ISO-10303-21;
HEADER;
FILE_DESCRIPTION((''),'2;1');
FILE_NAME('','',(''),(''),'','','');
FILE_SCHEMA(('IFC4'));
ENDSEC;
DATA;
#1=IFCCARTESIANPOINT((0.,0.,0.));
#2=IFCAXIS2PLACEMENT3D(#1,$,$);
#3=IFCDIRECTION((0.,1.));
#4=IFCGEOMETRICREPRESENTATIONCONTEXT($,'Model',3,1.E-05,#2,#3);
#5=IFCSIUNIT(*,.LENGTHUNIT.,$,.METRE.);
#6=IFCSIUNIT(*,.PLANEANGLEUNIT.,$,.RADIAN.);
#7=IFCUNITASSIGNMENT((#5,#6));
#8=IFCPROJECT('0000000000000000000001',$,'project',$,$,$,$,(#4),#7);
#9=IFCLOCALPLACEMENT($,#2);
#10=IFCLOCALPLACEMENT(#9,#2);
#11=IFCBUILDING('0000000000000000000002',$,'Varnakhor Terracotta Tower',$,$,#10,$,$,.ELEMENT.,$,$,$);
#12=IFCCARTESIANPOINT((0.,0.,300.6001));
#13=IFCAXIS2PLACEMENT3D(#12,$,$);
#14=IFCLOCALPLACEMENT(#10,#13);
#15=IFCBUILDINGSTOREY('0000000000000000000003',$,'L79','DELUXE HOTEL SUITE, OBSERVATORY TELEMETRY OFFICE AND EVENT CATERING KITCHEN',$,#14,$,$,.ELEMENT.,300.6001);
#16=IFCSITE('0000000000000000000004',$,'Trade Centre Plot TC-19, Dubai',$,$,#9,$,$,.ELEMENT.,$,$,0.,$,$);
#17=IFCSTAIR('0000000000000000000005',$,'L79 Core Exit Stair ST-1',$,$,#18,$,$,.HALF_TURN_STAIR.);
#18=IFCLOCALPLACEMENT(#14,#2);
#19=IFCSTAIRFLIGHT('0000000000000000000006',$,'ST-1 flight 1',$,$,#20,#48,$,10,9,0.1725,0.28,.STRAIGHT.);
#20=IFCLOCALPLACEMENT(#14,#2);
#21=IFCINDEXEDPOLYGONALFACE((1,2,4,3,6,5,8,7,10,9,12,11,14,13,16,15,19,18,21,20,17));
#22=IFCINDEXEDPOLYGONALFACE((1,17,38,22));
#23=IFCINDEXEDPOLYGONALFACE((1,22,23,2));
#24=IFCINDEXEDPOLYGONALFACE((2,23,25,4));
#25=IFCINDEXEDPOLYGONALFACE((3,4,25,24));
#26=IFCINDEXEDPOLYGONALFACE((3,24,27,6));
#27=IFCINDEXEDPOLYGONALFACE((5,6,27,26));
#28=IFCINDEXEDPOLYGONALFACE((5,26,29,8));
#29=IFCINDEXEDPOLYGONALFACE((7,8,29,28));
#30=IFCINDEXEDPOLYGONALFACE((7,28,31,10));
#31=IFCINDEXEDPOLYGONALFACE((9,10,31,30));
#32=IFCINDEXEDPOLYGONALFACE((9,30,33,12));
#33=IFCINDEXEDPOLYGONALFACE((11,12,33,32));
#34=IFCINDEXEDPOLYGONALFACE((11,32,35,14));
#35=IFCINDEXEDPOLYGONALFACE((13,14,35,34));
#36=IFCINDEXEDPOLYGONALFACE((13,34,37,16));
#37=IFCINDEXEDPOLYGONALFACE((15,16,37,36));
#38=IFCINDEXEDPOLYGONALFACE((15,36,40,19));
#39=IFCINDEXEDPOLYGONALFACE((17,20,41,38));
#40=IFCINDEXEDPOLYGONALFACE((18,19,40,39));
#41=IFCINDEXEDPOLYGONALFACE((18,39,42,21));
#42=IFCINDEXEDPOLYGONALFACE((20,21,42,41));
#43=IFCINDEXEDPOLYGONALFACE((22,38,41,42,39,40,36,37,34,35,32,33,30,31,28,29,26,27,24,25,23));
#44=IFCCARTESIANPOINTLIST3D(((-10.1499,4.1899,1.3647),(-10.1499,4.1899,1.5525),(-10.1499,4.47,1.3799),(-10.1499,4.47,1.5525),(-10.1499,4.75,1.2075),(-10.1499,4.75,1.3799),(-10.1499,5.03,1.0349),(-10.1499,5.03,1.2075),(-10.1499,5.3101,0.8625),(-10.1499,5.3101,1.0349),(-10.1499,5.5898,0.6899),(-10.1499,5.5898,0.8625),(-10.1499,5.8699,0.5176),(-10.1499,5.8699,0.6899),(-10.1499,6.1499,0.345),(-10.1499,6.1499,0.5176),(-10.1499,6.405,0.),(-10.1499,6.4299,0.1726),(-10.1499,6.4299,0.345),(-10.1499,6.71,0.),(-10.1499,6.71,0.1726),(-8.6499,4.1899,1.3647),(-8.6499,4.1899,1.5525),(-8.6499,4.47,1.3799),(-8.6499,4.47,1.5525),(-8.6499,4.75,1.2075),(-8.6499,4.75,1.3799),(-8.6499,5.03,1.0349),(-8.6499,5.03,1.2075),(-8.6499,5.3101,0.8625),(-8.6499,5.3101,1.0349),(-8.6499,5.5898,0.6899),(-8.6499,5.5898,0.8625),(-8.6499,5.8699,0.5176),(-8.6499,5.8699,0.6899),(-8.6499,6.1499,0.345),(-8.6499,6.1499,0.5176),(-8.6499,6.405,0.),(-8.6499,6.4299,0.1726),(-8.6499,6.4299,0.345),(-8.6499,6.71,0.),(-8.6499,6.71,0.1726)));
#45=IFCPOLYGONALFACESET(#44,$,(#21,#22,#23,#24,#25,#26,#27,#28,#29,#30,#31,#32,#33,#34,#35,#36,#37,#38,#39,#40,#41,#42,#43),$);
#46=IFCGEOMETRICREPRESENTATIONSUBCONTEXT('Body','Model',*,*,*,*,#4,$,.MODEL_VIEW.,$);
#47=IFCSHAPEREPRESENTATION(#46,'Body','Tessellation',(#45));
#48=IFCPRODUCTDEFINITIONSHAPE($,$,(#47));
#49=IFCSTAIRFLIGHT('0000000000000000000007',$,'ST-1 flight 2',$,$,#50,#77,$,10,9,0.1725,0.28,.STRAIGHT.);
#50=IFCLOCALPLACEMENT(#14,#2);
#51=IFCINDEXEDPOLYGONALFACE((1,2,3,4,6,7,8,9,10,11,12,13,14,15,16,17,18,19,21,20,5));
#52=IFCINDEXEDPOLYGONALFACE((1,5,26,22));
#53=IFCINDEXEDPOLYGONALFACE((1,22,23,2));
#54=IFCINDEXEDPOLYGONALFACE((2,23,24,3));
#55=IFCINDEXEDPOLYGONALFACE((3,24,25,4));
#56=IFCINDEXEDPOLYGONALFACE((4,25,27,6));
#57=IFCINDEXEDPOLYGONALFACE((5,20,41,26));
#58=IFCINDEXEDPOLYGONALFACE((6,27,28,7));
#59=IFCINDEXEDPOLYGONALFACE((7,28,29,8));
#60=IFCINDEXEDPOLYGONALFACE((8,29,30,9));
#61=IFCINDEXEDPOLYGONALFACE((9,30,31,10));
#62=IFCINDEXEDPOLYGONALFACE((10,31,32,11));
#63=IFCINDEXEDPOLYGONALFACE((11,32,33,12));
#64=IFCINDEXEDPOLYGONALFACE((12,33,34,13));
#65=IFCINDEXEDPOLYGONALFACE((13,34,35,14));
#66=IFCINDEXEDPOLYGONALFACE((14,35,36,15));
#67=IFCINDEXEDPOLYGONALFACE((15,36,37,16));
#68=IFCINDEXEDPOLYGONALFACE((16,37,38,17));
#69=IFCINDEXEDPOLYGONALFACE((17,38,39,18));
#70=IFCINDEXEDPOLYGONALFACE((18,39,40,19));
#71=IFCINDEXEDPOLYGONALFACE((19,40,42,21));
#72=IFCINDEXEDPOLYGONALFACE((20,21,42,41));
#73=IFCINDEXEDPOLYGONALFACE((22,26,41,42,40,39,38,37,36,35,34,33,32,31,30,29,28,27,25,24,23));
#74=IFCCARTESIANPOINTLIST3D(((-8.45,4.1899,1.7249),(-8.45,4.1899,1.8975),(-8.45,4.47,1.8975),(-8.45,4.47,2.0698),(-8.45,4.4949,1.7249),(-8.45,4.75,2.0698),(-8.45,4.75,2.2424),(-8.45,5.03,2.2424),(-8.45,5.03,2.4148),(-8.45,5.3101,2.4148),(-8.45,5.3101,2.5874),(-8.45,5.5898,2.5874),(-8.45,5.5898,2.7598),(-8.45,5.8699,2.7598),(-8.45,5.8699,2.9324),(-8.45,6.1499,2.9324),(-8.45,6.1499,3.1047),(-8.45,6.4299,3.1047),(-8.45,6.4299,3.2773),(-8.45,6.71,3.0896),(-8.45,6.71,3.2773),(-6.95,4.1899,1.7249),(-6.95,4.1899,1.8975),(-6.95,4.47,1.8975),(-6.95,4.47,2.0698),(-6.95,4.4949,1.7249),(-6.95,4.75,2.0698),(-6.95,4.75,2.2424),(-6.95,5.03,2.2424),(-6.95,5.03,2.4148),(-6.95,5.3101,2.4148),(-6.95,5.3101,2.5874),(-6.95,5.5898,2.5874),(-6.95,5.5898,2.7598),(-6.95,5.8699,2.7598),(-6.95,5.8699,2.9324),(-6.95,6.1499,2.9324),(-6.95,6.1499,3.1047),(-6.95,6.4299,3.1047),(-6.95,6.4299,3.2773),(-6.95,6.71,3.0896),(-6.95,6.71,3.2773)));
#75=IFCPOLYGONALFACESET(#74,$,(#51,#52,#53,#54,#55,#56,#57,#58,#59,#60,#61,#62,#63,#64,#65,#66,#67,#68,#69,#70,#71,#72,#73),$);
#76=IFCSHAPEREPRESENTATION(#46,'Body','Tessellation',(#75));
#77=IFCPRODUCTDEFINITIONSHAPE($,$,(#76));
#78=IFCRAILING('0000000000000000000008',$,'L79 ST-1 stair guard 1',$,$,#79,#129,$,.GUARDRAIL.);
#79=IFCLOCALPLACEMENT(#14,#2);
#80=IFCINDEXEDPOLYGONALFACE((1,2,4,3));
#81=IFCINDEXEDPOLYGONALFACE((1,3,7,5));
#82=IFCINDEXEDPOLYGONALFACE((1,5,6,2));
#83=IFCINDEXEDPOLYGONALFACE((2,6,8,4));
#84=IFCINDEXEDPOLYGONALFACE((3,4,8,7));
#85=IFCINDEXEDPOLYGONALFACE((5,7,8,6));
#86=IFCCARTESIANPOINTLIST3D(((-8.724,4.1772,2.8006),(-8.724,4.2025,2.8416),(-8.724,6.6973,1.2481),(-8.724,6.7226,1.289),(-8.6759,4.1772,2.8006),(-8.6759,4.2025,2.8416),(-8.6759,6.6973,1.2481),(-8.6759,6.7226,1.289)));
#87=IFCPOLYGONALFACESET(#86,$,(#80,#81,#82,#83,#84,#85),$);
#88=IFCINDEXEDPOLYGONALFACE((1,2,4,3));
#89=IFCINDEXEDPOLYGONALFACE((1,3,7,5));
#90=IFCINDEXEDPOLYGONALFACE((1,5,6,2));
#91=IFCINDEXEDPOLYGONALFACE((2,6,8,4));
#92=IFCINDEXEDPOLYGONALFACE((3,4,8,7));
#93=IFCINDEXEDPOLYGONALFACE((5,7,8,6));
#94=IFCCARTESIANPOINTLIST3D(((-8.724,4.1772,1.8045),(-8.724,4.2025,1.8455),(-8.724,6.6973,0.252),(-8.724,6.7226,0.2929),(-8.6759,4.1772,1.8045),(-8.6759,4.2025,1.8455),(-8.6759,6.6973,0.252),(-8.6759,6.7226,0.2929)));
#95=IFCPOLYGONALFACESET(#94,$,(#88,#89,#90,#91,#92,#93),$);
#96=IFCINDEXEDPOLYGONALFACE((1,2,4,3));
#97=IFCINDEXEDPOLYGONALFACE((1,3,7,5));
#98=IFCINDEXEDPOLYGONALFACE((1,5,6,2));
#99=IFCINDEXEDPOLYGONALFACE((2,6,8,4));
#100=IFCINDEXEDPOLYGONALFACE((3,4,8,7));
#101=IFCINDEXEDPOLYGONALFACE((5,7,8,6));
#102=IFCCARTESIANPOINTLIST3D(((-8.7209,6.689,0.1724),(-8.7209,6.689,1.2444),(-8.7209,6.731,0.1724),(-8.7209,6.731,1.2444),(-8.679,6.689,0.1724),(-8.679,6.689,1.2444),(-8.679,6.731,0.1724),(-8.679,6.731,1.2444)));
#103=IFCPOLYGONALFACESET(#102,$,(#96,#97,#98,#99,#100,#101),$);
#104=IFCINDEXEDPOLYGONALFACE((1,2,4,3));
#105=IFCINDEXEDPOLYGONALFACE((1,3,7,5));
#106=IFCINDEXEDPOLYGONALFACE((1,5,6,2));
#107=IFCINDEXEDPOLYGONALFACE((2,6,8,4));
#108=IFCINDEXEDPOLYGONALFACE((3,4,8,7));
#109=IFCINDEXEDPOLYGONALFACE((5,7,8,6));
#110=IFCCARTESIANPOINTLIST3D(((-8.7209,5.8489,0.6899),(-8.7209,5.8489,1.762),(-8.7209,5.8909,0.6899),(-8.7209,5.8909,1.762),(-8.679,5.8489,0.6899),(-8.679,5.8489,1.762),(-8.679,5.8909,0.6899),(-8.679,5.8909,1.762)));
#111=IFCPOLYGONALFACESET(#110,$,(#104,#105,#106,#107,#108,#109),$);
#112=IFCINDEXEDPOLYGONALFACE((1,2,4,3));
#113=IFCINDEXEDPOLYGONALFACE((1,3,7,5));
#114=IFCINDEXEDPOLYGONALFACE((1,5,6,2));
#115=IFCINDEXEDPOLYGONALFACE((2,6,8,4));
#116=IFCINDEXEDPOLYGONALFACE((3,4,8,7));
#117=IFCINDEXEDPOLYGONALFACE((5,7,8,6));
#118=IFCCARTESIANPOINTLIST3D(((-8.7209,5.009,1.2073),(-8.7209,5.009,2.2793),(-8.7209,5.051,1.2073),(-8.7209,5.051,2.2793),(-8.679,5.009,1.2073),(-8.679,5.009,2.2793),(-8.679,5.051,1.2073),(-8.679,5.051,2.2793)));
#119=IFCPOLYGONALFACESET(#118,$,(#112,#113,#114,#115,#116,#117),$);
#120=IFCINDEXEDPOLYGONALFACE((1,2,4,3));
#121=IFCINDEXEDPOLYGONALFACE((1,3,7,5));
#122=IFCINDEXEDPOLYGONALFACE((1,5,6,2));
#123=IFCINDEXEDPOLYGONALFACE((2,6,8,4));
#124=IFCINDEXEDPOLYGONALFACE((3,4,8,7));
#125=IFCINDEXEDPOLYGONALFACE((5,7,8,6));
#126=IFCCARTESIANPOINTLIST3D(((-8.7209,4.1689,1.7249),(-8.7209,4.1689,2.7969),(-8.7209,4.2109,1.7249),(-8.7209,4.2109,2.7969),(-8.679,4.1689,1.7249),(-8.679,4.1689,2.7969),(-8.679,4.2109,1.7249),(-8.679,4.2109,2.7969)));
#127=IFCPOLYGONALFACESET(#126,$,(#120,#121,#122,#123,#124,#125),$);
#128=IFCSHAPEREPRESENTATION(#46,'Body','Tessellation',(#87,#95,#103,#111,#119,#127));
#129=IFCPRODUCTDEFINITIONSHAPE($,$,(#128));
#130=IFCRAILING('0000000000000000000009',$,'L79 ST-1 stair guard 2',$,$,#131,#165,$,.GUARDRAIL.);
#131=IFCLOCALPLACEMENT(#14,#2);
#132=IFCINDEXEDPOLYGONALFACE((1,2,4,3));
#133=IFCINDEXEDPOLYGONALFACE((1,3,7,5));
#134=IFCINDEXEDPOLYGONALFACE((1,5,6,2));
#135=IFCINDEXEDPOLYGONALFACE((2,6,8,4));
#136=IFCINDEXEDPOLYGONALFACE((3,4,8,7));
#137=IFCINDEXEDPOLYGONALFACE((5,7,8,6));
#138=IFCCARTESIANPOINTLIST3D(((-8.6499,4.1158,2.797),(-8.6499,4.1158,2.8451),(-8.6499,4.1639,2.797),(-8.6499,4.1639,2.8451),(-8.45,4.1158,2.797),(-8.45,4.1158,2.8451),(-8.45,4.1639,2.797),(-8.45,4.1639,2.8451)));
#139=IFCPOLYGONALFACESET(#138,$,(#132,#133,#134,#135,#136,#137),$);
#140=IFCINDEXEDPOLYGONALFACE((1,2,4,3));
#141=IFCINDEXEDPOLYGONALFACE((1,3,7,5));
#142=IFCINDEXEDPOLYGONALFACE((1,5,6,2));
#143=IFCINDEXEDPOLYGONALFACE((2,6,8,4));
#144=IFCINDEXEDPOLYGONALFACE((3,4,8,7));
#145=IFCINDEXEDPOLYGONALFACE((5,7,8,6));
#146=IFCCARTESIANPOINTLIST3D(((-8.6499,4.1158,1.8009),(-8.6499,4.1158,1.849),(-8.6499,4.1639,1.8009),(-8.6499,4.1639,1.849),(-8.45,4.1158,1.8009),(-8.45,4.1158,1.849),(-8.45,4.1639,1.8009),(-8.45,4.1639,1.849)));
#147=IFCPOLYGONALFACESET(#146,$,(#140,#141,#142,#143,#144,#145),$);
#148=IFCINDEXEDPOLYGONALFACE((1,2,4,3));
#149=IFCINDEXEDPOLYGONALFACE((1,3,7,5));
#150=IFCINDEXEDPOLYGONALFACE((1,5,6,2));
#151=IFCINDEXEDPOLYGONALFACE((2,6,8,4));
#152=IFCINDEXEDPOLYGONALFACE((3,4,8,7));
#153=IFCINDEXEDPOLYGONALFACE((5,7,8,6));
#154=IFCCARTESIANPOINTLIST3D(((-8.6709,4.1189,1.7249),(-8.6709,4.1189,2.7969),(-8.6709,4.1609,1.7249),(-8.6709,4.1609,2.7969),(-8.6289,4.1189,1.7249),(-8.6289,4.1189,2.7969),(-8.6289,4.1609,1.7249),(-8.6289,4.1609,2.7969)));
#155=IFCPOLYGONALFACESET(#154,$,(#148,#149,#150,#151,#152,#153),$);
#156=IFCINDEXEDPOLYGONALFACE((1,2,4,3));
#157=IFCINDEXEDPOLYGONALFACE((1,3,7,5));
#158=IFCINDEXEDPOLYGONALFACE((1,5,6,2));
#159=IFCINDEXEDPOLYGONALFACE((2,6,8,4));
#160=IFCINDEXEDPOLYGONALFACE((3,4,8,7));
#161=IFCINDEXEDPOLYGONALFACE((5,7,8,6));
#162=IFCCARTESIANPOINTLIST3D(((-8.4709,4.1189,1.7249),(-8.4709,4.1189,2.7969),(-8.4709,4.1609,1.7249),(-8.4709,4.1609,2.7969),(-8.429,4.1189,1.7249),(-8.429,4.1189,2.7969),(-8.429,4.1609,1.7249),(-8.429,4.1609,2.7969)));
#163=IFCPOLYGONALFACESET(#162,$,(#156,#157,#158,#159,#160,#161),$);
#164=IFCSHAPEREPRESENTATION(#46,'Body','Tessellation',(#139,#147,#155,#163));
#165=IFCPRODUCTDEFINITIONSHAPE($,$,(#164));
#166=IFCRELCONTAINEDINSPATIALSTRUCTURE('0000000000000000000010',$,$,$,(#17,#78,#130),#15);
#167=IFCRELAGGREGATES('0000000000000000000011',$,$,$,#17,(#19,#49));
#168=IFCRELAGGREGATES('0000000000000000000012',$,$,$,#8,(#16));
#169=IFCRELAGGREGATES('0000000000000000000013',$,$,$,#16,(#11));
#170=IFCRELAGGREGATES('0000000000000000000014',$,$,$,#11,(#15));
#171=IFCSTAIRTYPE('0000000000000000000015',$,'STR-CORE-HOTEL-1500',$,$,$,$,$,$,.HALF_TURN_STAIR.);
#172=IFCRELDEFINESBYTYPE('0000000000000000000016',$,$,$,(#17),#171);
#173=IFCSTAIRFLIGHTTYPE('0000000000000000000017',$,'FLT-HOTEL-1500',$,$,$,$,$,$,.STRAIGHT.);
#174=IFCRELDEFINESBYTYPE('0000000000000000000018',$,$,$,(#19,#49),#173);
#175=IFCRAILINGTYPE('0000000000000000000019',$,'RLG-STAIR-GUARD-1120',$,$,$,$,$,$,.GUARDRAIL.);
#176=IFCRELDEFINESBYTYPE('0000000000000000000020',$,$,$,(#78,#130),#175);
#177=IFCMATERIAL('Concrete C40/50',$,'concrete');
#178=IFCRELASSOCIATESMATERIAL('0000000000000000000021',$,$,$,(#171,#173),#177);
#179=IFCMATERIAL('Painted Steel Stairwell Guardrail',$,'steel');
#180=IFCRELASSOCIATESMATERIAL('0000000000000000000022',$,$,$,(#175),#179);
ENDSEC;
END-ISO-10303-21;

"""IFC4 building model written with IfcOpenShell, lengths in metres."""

from ifc_helpers import new_model, si_unit, direction, frame, origin, origin_2d, place, context, subcontext, project, spatial, polyline, rectangle, outline, extrude, material, type_object, element, aggregate, save


model = new_model("IFC4")

# Units and contexts
model_context = context("Model", 3, precision=1e-05, world=origin(), true_north=direction((0.0, 1.0)))
body_context = subcontext(model_context, "Body", "Model", "MODEL_VIEW")
ifc_project = project(units=[si_unit("LENGTHUNIT", "METRE"), si_unit("PLANEANGLEUNIT", "RADIAN")], contexts=[model_context])

# Site, building, storey
site_placement = place(None, origin())
site = spatial("IfcSite", under=ifc_project, at=site_placement, Name="Trade Centre Plot TC-19, Dubai", CompositionType="ELEMENT", RefElevation=0.0)
building_placement = place(site_placement, origin())
building = spatial("IfcBuilding", under=site, at=building_placement, Name="Varnakhor Terracotta Tower", CompositionType="ELEMENT")
storey_placement = place(building_placement, frame((0.0, 0.0, 300.6001)))
storey = spatial("IfcBuildingStorey", under=building, at=storey_placement, Name="L79", Description="DELUXE HOTEL SUITE, OBSERVATORY TELEMETRY OFFICE AND EVENT CATERING KITCHEN", CompositionType="ELEMENT", Elevation=300.6001)

# Shared definitions
ifc_material_1 = material(Name="Concrete C40/50", Category="concrete")

# Stair, stair flights
stair_type = type_object("IfcStairType", Name="STR-CORE-HOTEL-1500", PredefinedType="HALF_TURN_STAIR", material=ifc_material_1)
stair_placement = place(storey_placement, origin())
stair = element("IfcStair", 1, at=stair_placement, inside=storey, type_object=stair_type, Name="L79 Core Exit Stair ST-1", PredefinedType="HALF_TURN_STAIR")
stair_flight_type = type_object("IfcStairFlightType", Name="FLT-HOTEL-1500", PredefinedType="STRAIGHT", material=ifc_material_1)
stair_flight_1_placement = place(storey_placement, frame((-9.3999, 6.71, 0.0), z_axis=(0.0, 0.0, 1.0), x_axis=(0.0, -1.0, 0.0)))
stair_flight_1 = element("IfcStairFlight", 2, at=stair_flight_1_placement, type_object=stair_flight_type, Name="ST-1 flight 1", NumberOfRisers=10, NumberOfTreads=9, PredefinedType="STRAIGHT", RiserHeight=0.1725, TreadLength=0.28, context=body_context, shape_type="SweptSolid", body=[
    extrude(outline(polyline([(0.0, 0.0), (0.0, 0.1726), (0.28, 0.1726), (0.28, 0.345), (0.5601, 0.345), (0.5601, 0.5176), (0.8401, 0.5176), (0.8401, 0.6899), (1.1201, 0.6899), (1.1201, 0.8625), (1.3999, 0.8625), (1.3999, 1.0349), (1.6799, 1.0349), (1.6799, 1.2075), (1.96, 1.2075), (1.96, 1.3799), (2.24, 1.3799), (2.24, 1.5525), (2.52, 1.5525), (2.52, 1.7251), (2.52, 1.3647), (0.3049, 0.0), (0.0, 0.0)])), frame((0.0, 0.75, 0.0), z_axis=(0.0, -1.0, 0.0), x_axis=(1.0, 0.0, 0.0)), (0.0, 0.0, 1.0), 1.5),
])
stair_flight_2_placement = place(storey_placement, frame((-7.7, 4.1899, 1.7249), z_axis=(0.0, 0.0, 1.0), x_axis=(0.0, 1.0, 0.0)))
stair_flight_2 = element("IfcStairFlight", 3, at=stair_flight_2_placement, type_object=stair_flight_type, Name="ST-1 flight 2", NumberOfRisers=10, NumberOfTreads=9, PredefinedType="STRAIGHT", RiserHeight=0.1725, TreadLength=0.28, context=body_context, shape_type="SweptSolid", body=[
    extrude(outline(polyline([(0.0, 0.0), (0.0, 0.1726), (0.28, 0.1726), (0.28, 0.345), (0.5601, 0.345), (0.5601, 0.5176), (0.8401, 0.5176), (0.8401, 0.6899), (1.1201, 0.6899), (1.1201, 0.8625), (1.3999, 0.8625), (1.3999, 1.0349), (1.6799, 1.0349), (1.6799, 1.2075), (1.96, 1.2075), (1.96, 1.3799), (2.24, 1.3799), (2.24, 1.5525), (2.52, 1.5525), (2.52, 1.7251), (2.52, 1.3647), (0.3049, 0.0), (0.0, 0.0)])), frame((0.0, 0.75, 0.0), z_axis=(0.0, -1.0, 0.0), x_axis=(1.0, 0.0, 0.0)), (0.0, 0.0, 1.0), 1.5),
])
aggregate(stair, [stair_flight_1, stair_flight_2])

# Railings
ifc_material_2 = material(Name="Painted Steel Stairwell Guardrail", Category="steel")
railing_type_1 = type_object("IfcRailingType", Name="RLG-STAIR-GUARD-1120", PredefinedType="GUARDRAIL", material=ifc_material_2)
railing_1_placement = place(storey_placement, frame((-8.7, 6.71, 0.1724)))
element("IfcRailing", 4, at=railing_1_placement, inside=storey, type_object=railing_type_1, Name="L79 ST-1 stair guard 1", PredefinedType="GUARDRAIL", context=body_context, shape_type="SweptSolid", body=[
    extrude(rectangle(XDim=0.0481, YDim=0.0481, at=origin_2d()), frame((0.0, 0.0, 1.0962), z_axis=(0.0, -0.8514, 0.524516), x_axis=(1.0, 0.0, 0.0)), (0.0, 0.0, 1.0), 2.96),
    extrude(rectangle(XDim=0.0481, YDim=0.0481, at=origin_2d()), frame((0.0, 0.0, 0.1001), z_axis=(0.0, -0.8514, 0.524516), x_axis=(1.0, 0.0, 0.0)), (0.0, 0.0, 1.0), 2.96),
    extrude(rectangle(XDim=0.042, YDim=0.042, at=origin_2d()), origin(), (0.0, 0.0, 1.0), 1.072),
    extrude(rectangle(XDim=0.042, YDim=0.042, at=origin_2d()), frame((0.0, -0.8401, 0.5176)), (0.0, 0.0, 1.0), 1.072),
    extrude(rectangle(XDim=0.042, YDim=0.042, at=origin_2d()), frame((0.0, -1.6799, 1.0349)), (0.0, 0.0, 1.0), 1.072),
    extrude(rectangle(XDim=0.042, YDim=0.042, at=origin_2d()), frame((0.0, -2.52, 1.5525)), (0.0, 0.0, 1.0), 1.072),
])
railing_2_placement = place(storey_placement, frame((-8.6499, 4.1399, 1.7249)))
element("IfcRailing", 5, at=railing_2_placement, inside=storey, type_object=railing_type_1, Name="L79 ST-1 stair guard 2", PredefinedType="GUARDRAIL", context=body_context, shape_type="SweptSolid", body=[
    extrude(rectangle(XDim=0.0481, YDim=0.0481, at=origin_2d()), frame((0.0, 0.0, 1.0962), z_axis=(1.0, 0.0, 0.0), x_axis=(0.0, 1.0, 0.0)), (0.0, 0.0, 1.0), 0.2),
    extrude(rectangle(XDim=0.0481, YDim=0.0481, at=origin_2d()), frame((0.0, 0.0, 0.1001), z_axis=(1.0, 0.0, 0.0), x_axis=(0.0, 1.0, 0.0)), (0.0, 0.0, 1.0), 0.2),
    extrude(rectangle(XDim=0.042, YDim=0.042, at=origin_2d()), origin(), (0.0, 0.0, 1.0), 1.072),
    extrude(rectangle(XDim=0.042, YDim=0.042, at=origin_2d()), frame((0.2, 0.0, 0.0)), (0.0, 0.0, 1.0), 1.072),
])

save(model, "model.ifc")
